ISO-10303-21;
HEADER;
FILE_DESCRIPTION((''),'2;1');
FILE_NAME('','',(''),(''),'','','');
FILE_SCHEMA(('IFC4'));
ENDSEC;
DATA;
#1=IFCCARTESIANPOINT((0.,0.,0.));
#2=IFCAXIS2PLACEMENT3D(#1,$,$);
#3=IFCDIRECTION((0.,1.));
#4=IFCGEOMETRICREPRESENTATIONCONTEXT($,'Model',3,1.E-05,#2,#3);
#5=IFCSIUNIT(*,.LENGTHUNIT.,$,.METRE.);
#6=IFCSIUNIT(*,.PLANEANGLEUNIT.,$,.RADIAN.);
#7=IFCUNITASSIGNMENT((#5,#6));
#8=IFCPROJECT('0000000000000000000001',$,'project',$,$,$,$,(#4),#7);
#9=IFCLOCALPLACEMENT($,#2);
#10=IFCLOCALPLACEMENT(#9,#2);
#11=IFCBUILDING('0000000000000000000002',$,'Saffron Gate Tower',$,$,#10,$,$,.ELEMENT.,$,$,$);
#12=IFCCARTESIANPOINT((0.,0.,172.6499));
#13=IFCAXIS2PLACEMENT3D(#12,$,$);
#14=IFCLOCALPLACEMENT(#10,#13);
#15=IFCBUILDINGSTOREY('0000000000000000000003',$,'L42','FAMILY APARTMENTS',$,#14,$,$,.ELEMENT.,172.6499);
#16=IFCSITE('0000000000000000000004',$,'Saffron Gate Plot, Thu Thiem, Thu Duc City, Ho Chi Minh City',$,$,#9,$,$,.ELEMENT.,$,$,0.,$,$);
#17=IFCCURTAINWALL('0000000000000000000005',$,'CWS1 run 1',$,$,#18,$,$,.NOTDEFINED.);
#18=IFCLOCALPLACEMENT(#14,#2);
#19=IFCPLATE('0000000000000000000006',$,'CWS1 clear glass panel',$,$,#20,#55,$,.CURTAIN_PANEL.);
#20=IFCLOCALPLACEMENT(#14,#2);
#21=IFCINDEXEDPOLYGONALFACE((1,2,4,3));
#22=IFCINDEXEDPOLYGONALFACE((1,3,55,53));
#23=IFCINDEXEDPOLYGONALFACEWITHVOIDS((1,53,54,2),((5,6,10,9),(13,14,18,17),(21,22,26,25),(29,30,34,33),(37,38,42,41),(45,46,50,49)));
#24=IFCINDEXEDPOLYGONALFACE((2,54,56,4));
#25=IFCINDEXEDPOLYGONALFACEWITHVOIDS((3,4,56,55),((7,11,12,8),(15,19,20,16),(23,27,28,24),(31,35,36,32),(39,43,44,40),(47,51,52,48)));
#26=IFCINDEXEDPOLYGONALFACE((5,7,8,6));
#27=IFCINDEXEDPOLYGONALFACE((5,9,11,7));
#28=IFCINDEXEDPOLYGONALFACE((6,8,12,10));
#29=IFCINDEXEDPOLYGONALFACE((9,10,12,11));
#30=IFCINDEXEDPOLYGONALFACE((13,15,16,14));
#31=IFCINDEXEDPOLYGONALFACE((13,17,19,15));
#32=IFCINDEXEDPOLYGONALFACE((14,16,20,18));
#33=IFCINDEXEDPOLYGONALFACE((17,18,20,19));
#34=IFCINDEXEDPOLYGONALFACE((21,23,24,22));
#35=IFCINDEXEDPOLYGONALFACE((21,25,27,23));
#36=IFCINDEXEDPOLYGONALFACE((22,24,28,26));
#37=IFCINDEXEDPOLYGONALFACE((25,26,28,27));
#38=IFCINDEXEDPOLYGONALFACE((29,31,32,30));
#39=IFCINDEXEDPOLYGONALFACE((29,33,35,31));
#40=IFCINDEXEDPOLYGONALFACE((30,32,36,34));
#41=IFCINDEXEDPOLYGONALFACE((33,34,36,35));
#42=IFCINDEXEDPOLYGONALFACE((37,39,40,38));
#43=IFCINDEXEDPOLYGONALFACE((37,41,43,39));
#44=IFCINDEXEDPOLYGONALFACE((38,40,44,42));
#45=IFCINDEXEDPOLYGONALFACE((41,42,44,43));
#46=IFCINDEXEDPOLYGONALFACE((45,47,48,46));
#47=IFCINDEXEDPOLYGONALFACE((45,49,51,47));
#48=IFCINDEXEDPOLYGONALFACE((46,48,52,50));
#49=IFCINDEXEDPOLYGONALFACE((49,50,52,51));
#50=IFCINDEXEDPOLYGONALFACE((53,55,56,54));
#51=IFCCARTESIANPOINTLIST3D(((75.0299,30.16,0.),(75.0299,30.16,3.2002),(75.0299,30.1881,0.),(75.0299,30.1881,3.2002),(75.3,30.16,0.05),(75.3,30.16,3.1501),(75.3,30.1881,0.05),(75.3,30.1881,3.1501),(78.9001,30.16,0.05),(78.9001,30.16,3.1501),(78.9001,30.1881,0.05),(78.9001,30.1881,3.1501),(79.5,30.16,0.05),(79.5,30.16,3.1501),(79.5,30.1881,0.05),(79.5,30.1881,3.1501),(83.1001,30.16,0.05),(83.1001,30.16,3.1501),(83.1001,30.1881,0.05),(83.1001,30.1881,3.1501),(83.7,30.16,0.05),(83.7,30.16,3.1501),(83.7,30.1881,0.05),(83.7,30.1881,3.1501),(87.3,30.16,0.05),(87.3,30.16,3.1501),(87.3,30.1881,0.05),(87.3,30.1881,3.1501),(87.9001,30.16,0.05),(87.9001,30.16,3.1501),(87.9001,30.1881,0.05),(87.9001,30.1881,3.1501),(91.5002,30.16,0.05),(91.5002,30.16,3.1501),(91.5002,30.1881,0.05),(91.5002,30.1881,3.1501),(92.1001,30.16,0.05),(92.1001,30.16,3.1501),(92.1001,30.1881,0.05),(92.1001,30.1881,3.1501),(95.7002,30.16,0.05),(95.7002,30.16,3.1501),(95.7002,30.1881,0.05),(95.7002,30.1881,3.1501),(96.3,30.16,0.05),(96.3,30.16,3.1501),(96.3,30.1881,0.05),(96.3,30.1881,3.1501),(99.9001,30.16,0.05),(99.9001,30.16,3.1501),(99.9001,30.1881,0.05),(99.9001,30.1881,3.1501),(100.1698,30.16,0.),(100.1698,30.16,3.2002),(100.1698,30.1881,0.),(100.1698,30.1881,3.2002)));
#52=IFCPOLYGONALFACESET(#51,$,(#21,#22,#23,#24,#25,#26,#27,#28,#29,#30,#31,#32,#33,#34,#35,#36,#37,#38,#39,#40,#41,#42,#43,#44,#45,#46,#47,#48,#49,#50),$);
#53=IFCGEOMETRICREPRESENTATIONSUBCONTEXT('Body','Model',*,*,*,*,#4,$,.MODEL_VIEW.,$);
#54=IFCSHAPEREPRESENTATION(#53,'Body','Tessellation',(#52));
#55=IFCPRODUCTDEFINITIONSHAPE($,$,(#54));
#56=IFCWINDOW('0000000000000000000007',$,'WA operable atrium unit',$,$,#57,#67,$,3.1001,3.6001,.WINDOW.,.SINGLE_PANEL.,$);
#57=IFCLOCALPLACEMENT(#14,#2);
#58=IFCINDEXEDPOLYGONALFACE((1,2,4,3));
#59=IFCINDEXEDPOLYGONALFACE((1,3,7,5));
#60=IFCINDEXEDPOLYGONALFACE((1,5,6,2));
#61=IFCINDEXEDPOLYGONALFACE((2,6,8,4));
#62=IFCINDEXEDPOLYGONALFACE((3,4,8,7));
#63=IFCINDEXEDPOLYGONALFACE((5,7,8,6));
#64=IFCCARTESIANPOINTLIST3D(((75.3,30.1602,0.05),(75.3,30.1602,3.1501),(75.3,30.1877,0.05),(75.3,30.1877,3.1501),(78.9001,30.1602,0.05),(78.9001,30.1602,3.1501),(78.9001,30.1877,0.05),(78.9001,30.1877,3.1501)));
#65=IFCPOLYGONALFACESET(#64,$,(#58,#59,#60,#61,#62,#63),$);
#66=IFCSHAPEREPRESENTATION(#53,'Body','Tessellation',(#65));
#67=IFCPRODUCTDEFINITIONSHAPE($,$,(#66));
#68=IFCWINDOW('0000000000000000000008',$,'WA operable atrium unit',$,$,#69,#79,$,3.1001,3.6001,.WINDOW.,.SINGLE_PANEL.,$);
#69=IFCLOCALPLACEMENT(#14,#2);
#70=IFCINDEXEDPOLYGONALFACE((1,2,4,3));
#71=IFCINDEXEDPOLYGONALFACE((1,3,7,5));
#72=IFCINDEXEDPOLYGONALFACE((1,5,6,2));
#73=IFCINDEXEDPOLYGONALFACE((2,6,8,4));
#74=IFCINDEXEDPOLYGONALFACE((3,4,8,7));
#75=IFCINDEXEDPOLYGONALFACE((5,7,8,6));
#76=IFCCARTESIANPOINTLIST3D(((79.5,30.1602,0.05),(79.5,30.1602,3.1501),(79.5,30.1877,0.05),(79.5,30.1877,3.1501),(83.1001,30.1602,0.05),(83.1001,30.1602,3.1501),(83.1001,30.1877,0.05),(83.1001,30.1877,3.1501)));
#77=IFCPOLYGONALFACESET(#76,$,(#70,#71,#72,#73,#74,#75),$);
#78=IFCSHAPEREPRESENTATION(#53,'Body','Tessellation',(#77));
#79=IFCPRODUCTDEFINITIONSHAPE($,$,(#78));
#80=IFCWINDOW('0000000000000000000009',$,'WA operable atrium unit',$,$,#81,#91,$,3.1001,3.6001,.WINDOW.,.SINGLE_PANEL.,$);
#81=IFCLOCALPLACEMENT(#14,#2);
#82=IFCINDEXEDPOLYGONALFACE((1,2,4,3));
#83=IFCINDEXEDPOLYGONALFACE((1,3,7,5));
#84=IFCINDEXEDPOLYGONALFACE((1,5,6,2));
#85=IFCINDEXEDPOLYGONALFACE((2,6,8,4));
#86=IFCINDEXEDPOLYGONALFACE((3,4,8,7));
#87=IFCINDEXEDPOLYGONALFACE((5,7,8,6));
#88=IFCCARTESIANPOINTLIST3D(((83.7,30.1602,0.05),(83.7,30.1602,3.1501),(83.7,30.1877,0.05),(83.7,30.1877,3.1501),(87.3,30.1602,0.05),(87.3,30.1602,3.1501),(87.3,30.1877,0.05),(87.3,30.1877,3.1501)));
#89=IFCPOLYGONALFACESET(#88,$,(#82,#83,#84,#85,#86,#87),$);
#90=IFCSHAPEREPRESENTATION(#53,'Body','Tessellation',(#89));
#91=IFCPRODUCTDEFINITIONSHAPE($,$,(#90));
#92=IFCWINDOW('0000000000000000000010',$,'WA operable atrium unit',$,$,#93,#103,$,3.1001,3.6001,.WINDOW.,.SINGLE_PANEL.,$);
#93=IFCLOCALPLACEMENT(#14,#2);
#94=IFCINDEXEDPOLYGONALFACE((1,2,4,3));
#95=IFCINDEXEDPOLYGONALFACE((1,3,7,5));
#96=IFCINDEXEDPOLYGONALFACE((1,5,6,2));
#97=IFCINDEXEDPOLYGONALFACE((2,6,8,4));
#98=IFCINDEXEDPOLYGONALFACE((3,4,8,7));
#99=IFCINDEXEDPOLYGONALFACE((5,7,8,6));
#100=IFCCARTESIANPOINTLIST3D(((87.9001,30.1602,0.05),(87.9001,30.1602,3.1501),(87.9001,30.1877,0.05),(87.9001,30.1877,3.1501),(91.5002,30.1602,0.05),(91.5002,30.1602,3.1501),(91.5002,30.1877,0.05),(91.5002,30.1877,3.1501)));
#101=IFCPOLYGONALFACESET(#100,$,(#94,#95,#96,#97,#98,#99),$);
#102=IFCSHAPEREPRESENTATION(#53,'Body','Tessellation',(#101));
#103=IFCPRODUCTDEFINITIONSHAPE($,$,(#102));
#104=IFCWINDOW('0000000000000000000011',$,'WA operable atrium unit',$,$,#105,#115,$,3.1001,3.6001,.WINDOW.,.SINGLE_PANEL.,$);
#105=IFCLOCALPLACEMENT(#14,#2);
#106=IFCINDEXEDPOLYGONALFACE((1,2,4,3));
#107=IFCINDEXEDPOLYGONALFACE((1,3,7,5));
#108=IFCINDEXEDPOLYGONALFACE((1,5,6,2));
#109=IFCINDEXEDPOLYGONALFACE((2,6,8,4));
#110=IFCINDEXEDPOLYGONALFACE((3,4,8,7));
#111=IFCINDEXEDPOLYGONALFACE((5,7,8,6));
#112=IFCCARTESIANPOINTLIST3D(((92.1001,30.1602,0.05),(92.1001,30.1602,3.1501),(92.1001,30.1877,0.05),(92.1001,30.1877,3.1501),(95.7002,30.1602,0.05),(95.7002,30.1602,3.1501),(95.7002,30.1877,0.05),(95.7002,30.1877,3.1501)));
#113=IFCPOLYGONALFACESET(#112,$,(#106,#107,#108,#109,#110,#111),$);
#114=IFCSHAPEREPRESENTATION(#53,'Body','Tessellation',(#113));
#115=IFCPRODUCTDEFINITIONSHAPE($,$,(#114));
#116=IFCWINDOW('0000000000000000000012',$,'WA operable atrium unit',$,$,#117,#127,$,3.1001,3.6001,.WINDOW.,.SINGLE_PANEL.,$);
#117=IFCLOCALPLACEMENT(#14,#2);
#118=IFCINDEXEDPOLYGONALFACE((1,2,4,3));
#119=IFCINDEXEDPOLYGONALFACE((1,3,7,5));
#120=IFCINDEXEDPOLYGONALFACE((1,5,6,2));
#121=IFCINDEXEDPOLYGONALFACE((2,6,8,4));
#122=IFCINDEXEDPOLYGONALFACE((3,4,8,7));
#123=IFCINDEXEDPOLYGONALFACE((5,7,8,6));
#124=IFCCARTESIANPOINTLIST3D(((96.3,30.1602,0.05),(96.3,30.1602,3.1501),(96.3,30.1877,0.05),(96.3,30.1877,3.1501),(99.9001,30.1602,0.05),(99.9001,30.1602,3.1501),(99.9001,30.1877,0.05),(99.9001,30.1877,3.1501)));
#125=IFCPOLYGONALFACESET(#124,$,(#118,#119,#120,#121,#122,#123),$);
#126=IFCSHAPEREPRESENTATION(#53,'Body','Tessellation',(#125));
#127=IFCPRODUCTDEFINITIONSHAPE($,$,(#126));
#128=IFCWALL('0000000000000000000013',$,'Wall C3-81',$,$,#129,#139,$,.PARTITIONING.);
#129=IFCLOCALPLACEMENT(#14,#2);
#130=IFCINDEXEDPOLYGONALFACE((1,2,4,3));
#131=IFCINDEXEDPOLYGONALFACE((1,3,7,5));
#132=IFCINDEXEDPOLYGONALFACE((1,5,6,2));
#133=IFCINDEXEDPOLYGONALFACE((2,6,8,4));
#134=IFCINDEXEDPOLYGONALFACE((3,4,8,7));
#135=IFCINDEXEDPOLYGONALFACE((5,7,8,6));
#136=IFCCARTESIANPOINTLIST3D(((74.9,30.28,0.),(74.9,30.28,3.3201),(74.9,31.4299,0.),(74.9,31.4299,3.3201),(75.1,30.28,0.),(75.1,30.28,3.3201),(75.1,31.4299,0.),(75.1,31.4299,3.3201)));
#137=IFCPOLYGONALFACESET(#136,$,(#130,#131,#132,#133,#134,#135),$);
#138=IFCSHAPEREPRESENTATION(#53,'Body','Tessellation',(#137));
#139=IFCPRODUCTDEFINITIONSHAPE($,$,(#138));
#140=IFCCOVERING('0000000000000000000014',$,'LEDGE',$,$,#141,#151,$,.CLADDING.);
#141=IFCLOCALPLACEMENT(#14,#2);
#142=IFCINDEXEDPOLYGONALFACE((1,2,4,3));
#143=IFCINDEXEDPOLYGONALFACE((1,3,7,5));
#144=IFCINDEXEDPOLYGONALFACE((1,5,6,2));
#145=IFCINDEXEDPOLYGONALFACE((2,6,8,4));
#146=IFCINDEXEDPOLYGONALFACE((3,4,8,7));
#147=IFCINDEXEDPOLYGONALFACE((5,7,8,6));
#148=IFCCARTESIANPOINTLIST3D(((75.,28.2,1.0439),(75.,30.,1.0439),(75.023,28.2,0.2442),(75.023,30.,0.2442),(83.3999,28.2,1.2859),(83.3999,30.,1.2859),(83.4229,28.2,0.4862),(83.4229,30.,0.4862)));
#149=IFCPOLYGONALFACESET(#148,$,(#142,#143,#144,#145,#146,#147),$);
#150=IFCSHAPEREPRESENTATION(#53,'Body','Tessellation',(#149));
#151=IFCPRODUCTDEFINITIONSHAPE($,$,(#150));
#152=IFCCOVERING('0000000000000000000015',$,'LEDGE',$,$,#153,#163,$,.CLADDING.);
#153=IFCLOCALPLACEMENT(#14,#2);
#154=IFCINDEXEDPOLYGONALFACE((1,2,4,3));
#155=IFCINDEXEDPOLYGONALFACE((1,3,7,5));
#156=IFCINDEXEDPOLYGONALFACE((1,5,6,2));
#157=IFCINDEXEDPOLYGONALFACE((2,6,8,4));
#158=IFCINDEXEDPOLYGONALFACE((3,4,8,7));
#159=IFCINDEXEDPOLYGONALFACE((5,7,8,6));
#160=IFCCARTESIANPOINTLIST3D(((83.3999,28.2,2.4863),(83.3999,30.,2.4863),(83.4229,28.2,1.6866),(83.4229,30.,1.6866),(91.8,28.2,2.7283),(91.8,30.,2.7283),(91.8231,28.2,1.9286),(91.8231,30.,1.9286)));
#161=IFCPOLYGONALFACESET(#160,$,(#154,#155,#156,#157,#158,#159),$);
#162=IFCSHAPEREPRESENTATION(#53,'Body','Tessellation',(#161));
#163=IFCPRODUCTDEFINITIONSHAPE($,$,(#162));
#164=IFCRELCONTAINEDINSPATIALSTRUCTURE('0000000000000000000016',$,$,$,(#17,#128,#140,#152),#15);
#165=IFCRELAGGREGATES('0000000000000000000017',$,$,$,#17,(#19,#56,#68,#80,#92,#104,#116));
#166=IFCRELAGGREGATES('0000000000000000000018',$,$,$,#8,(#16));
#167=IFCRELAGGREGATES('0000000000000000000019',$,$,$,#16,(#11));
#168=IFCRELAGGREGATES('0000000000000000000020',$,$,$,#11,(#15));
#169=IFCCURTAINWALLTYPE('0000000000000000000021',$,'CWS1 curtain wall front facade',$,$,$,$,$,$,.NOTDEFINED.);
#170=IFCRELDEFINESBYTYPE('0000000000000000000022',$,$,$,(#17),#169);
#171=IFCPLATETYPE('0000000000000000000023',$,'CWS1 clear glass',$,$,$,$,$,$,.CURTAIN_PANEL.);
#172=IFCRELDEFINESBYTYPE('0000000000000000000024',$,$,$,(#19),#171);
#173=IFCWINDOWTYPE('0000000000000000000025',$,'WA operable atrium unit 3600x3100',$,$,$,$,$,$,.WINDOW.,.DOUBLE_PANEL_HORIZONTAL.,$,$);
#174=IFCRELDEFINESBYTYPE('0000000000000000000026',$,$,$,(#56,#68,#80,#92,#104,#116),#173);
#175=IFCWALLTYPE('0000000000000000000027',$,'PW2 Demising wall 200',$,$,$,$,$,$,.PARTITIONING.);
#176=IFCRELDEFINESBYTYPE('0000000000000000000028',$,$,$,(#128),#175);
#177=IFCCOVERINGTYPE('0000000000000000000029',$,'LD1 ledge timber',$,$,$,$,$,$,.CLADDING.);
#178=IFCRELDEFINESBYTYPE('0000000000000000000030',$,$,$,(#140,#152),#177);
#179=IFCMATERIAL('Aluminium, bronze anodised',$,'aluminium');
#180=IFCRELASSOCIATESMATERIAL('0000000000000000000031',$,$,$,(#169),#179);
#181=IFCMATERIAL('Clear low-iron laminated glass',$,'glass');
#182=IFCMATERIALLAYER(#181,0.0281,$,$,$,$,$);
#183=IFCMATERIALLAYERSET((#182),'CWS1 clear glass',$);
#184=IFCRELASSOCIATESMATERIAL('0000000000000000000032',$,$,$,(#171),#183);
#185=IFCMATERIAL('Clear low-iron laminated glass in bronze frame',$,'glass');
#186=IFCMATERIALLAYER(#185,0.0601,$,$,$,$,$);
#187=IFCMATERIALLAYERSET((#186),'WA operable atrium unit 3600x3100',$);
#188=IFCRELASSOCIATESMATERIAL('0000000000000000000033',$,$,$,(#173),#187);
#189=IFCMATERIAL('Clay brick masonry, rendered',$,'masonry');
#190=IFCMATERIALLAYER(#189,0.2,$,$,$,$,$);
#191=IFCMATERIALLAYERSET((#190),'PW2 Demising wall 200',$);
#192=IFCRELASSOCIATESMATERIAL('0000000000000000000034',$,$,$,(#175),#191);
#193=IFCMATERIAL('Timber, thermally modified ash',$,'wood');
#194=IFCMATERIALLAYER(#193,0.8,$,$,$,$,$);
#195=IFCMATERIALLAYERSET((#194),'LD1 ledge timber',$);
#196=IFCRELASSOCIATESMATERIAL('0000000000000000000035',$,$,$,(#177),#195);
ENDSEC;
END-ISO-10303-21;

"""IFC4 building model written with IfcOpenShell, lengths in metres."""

from ifc_helpers import new_model, si_unit, direction, frame, frame_2d, origin, place, context, subcontext, project, spatial, polyline, rectangle, outline, extrude, material, layer, layer_set, type_object, element, fill, aggregate, save


model = new_model("IFC4")

# Units and contexts
model_context = context("Model", 3, precision=1e-05, world=origin(), true_north=direction((0.0, 1.0)))
body_context = subcontext(model_context, "Body", "Model", "MODEL_VIEW")
ifc_project = project(units=[si_unit("LENGTHUNIT", "METRE"), si_unit("PLANEANGLEUNIT", "RADIAN")], contexts=[model_context])

# Site, building, storey
site_placement = place(None, origin())
site = spatial("IfcSite", under=ifc_project, at=site_placement, Name="Saffron Gate Plot, Thu Thiem, Thu Duc City, Ho Chi Minh City", CompositionType="ELEMENT", RefElevation=0.0)
building_placement = place(site_placement, origin())
building = spatial("IfcBuilding", under=site, at=building_placement, Name="Saffron Gate Tower", CompositionType="ELEMENT")
storey_placement = place(building_placement, frame((0.0, 0.0, 172.6499)))
storey = spatial("IfcBuildingStorey", under=building, at=storey_placement, Name="L42", Description="FAMILY APARTMENTS", CompositionType="ELEMENT", Elevation=172.6499)

# Curtain wall, plate, openings, windows
ifc_material_1 = material(Name="Aluminium, bronze anodised", Category="aluminium")
curtain_wall_type = type_object("IfcCurtainWallType", Name="CWS1 curtain wall front facade", PredefinedType="NOTDEFINED", material=ifc_material_1)
curtain_wall_placement = place(storey_placement, origin())
curtain_wall = element("IfcCurtainWall", 1, at=curtain_wall_placement, inside=storey, type_object=curtain_wall_type, Name="CWS1 run 1", PredefinedType="NOTDEFINED")
ifc_material_2 = material(Name="Clear low-iron laminated glass", Category="glass")
ifc_layer_1 = layer(ifc_material_2, 0.0281)
ifc_layer_set_1 = layer_set([ifc_layer_1], Name="CWS1 clear glass")
plate_type = type_object("IfcPlateType", Name="CWS1 clear glass", PredefinedType="CURTAIN_PANEL", material=ifc_layer_set_1)
plate_placement = place(storey_placement, frame((75.03, 30.1741, 0.0), z_axis=(0.0, 0.0, 1.0), x_axis=(1.0, 0.0, 0.0)))
plate = element("IfcPlate", 2, at=plate_placement, type_object=plate_type, Name="CWS1 clear glass panel", PredefinedType="CURTAIN_PANEL", context=body_context, shape_type="SweptSolid", body=[
    extrude(rectangle(XDim=25.1399, YDim=0.0281, at=frame_2d((12.5698, 0.0))), origin(), (0.0, 0.0, 1.0), 3.2002),
])
opening_1_placement = place(plate_placement, frame((0.27, 0.0, 0.05)))
opening_1 = element("IfcOpeningElement", 3, at=opening_1_placement, cuts=plate, PredefinedType="OPENING", context=body_context, shape_type="SweptSolid", body=[
    extrude(rectangle(XDim=3.6001, YDim=3.1001, at=frame_2d((1.8, 1.55))), frame((0.0, 0.0239, 0.0), z_axis=(0.0, -1.0, 0.0), x_axis=(1.0, 0.0, 0.0)), (0.0, 0.0, 1.0), 0.0481),
])
opening_2_placement = place(plate_placement, frame((4.47, 0.0, 0.05)))
opening_2 = element("IfcOpeningElement", 4, at=opening_2_placement, cuts=plate, PredefinedType="OPENING", context=body_context, shape_type="SweptSolid", body=[
    extrude(rectangle(XDim=3.6001, YDim=3.1001, at=frame_2d((1.8, 1.55))), frame((0.0, 0.0239, 0.0), z_axis=(0.0, -1.0, 0.0), x_axis=(1.0, 0.0, 0.0)), (0.0, 0.0, 1.0), 0.0481),
])
opening_3_placement = place(plate_placement, frame((8.6699, 0.0, 0.05)))
opening_3 = element("IfcOpeningElement", 5, at=opening_3_placement, cuts=plate, PredefinedType="OPENING", context=body_context, shape_type="SweptSolid", body=[
    extrude(rectangle(XDim=3.6001, YDim=3.1001, at=frame_2d((1.8, 1.55))), frame((0.0, 0.0239, 0.0), z_axis=(0.0, -1.0, 0.0), x_axis=(1.0, 0.0, 0.0)), (0.0, 0.0, 1.0), 0.0481),
])
opening_4_placement = place(plate_placement, frame((12.8701, 0.0, 0.05)))
opening_4 = element("IfcOpeningElement", 6, at=opening_4_placement, cuts=plate, PredefinedType="OPENING", context=body_context, shape_type="SweptSolid", body=[
    extrude(rectangle(XDim=3.6001, YDim=3.1001, at=frame_2d((1.8, 1.55))), frame((0.0, 0.0239, 0.0), z_axis=(0.0, -1.0, 0.0), x_axis=(1.0, 0.0, 0.0)), (0.0, 0.0, 1.0), 0.0481),
])
opening_5_placement = place(plate_placement, frame((17.0701, 0.0, 0.05)))
opening_5 = element("IfcOpeningElement", 7, at=opening_5_placement, cuts=plate, PredefinedType="OPENING", context=body_context, shape_type="SweptSolid", body=[
    extrude(rectangle(XDim=3.6001, YDim=3.1001, at=frame_2d((1.8, 1.55))), frame((0.0, 0.0239, 0.0), z_axis=(0.0, -1.0, 0.0), x_axis=(1.0, 0.0, 0.0)), (0.0, 0.0, 1.0), 0.0481),
])
opening_6_placement = place(plate_placement, frame((21.27, 0.0, 0.05)))
opening_6 = element("IfcOpeningElement", 8, at=opening_6_placement, cuts=plate, PredefinedType="OPENING", context=body_context, shape_type="SweptSolid", body=[
    extrude(rectangle(XDim=3.6001, YDim=3.1001, at=frame_2d((1.8, 1.55))), frame((0.0, 0.0239, 0.0), z_axis=(0.0, -1.0, 0.0), x_axis=(1.0, 0.0, 0.0)), (0.0, 0.0, 1.0), 0.0481),
])
ifc_material_3 = material(Name="Clear low-iron laminated glass in bronze frame", Category="glass")
ifc_layer_2 = layer(ifc_material_3, 0.0601)
ifc_layer_set_2 = layer_set([ifc_layer_2], Name="WA operable atrium unit 3600x3100")
window_type = type_object("IfcWindowType", Name="WA operable atrium unit 3600x3100", PartitioningType="DOUBLE_PANEL_HORIZONTAL", PredefinedType="WINDOW", material=ifc_layer_set_2)
window_1_placement = place(opening_1_placement, origin())
window_1 = element("IfcWindow", 9, at=window_1_placement, type_object=window_type, Name="WA operable atrium unit", OverallHeight=3.1001, OverallWidth=3.6001, PartitioningType="SINGLE_PANEL", PredefinedType="WINDOW", context=body_context, shape_type="SweptSolid", body=[
    extrude(rectangle(XDim=3.6001, YDim=3.1001, at=frame_2d((1.8, 1.55))), frame((0.0, 0.0137, 0.0), z_axis=(0.0, -1.0, 0.0), x_axis=(1.0, 0.0, 0.0)), (0.0, 0.0, 1.0), 0.0276),
])
fill(opening_1, window_1)
window_2_placement = place(opening_2_placement, origin())
window_2 = element("IfcWindow", 10, at=window_2_placement, type_object=window_type, Name="WA operable atrium unit", OverallHeight=3.1001, OverallWidth=3.6001, PartitioningType="SINGLE_PANEL", PredefinedType="WINDOW", context=body_context, shape_type="SweptSolid", body=[
    extrude(rectangle(XDim=3.6001, YDim=3.1001, at=frame_2d((1.8, 1.55))), frame((0.0, 0.0137, 0.0), z_axis=(0.0, -1.0, 0.0), x_axis=(1.0, 0.0, 0.0)), (0.0, 0.0, 1.0), 0.0276),
])
fill(opening_2, window_2)
window_3_placement = place(opening_3_placement, origin())
window_3 = element("IfcWindow", 11, at=window_3_placement, type_object=window_type, Name="WA operable atrium unit", OverallHeight=3.1001, OverallWidth=3.6001, PartitioningType="SINGLE_PANEL", PredefinedType="WINDOW", context=body_context, shape_type="SweptSolid", body=[
    extrude(rectangle(XDim=3.6001, YDim=3.1001, at=frame_2d((1.8, 1.55))), frame((0.0, 0.0137, 0.0), z_axis=(0.0, -1.0, 0.0), x_axis=(1.0, 0.0, 0.0)), (0.0, 0.0, 1.0), 0.0276),
])
fill(opening_3, window_3)
window_4_placement = place(opening_4_placement, origin())
window_4 = element("IfcWindow", 12, at=window_4_placement, type_object=window_type, Name="WA operable atrium unit", OverallHeight=3.1001, OverallWidth=3.6001, PartitioningType="SINGLE_PANEL", PredefinedType="WINDOW", context=body_context, shape_type="SweptSolid", body=[
    extrude(rectangle(XDim=3.6001, YDim=3.1001, at=frame_2d((1.8, 1.55))), frame((0.0, 0.0137, 0.0), z_axis=(0.0, -1.0, 0.0), x_axis=(1.0, 0.0, 0.0)), (0.0, 0.0, 1.0), 0.0276),
])
fill(opening_4, window_4)
window_5_placement = place(opening_5_placement, origin())
window_5 = element("IfcWindow", 13, at=window_5_placement, type_object=window_type, Name="WA operable atrium unit", OverallHeight=3.1001, OverallWidth=3.6001, PartitioningType="SINGLE_PANEL", PredefinedType="WINDOW", context=body_context, shape_type="SweptSolid", body=[
    extrude(rectangle(XDim=3.6001, YDim=3.1001, at=frame_2d((1.8, 1.55))), frame((0.0, 0.0137, 0.0), z_axis=(0.0, -1.0, 0.0), x_axis=(1.0, 0.0, 0.0)), (0.0, 0.0, 1.0), 0.0276),
])
fill(opening_5, window_5)
window_6_placement = place(opening_6_placement, origin())
window_6 = element("IfcWindow", 14, at=window_6_placement, type_object=window_type, Name="WA operable atrium unit", OverallHeight=3.1001, OverallWidth=3.6001, PartitioningType="SINGLE_PANEL", PredefinedType="WINDOW", context=body_context, shape_type="SweptSolid", body=[
    extrude(rectangle(XDim=3.6001, YDim=3.1001, at=frame_2d((1.8, 1.55))), frame((0.0, 0.0137, 0.0), z_axis=(0.0, -1.0, 0.0), x_axis=(1.0, 0.0, 0.0)), (0.0, 0.0, 1.0), 0.0276),
])
fill(opening_6, window_6)
aggregate(curtain_wall, [plate, window_1, window_2, window_3, window_4, window_5, window_6])

# Wall
ifc_material_4 = material(Name="Clay brick masonry, rendered", Category="masonry")
ifc_layer_3 = layer(ifc_material_4, 0.2)
ifc_layer_set_3 = layer_set([ifc_layer_3], Name="PW2 Demising wall 200")
wall_type = type_object("IfcWallType", Name="PW2 Demising wall 200", PredefinedType="PARTITIONING", material=ifc_layer_set_3)
wall_placement = place(storey_placement, frame((75.0, 31.4299, 0.0), z_axis=(0.0, 0.0, 1.0), x_axis=(0.0, -1.0, 0.0)))
element("IfcWall", 15, at=wall_placement, inside=storey, type_object=wall_type, Name="Wall C3-81", PredefinedType="PARTITIONING", context=body_context, shape_type="SweptSolid", body=[
    extrude(rectangle(XDim=1.1499, YDim=0.2, at=frame_2d((0.575, 0.0))), origin(), (0.0, 0.0, 1.0), 3.3201),
])

# Coverings
ifc_material_5 = material(Name="Timber, thermally modified ash", Category="wood")
ifc_layer_4 = layer(ifc_material_5, 0.8)
ifc_layer_set_4 = layer_set([ifc_layer_4], Name="LD1 ledge timber")
covering_type_1 = type_object("IfcCoveringType", Name="LD1 ledge timber", PredefinedType="CLADDING", material=ifc_layer_set_4)
covering_1_placement = place(storey_placement, frame((75.0, 30.0, 1.0439), z_axis=(-0.028791, 0.0, 0.999585), x_axis=(0.999585, 0.0, 0.028791)))
element("IfcCovering", 16, at=covering_1_placement, inside=storey, type_object=covering_type_1, Name="LEDGE", PredefinedType="CLADDING", context=body_context, shape_type="SweptSolid", body=[
    extrude(outline(polyline([(0.0, 0.0), (8.4034, 0.0), (8.4034, -1.8), (0.0, -1.8), (0.0, 0.0)])), origin(), (0.0, 0.0, -1.0), 0.8),
])
covering_2_placement = place(storey_placement, frame((83.3999, 30.0, 2.4863), z_axis=(-0.02879, 0.0, 0.999585), x_axis=(0.999585, 0.0, 0.02879)))
element("IfcCovering", 17, at=covering_2_placement, inside=storey, type_object=covering_type_1, Name="LEDGE", PredefinedType="CLADDING", context=body_context, shape_type="SweptSolid", body=[
    extrude(outline(polyline([(0.0, 0.0), (8.4036, 0.0), (8.4036, -1.8), (0.0, -1.8), (0.0, 0.0)])), origin(), (0.0, 0.0, -1.0), 0.8),
])

save(model, "model.ifc")
